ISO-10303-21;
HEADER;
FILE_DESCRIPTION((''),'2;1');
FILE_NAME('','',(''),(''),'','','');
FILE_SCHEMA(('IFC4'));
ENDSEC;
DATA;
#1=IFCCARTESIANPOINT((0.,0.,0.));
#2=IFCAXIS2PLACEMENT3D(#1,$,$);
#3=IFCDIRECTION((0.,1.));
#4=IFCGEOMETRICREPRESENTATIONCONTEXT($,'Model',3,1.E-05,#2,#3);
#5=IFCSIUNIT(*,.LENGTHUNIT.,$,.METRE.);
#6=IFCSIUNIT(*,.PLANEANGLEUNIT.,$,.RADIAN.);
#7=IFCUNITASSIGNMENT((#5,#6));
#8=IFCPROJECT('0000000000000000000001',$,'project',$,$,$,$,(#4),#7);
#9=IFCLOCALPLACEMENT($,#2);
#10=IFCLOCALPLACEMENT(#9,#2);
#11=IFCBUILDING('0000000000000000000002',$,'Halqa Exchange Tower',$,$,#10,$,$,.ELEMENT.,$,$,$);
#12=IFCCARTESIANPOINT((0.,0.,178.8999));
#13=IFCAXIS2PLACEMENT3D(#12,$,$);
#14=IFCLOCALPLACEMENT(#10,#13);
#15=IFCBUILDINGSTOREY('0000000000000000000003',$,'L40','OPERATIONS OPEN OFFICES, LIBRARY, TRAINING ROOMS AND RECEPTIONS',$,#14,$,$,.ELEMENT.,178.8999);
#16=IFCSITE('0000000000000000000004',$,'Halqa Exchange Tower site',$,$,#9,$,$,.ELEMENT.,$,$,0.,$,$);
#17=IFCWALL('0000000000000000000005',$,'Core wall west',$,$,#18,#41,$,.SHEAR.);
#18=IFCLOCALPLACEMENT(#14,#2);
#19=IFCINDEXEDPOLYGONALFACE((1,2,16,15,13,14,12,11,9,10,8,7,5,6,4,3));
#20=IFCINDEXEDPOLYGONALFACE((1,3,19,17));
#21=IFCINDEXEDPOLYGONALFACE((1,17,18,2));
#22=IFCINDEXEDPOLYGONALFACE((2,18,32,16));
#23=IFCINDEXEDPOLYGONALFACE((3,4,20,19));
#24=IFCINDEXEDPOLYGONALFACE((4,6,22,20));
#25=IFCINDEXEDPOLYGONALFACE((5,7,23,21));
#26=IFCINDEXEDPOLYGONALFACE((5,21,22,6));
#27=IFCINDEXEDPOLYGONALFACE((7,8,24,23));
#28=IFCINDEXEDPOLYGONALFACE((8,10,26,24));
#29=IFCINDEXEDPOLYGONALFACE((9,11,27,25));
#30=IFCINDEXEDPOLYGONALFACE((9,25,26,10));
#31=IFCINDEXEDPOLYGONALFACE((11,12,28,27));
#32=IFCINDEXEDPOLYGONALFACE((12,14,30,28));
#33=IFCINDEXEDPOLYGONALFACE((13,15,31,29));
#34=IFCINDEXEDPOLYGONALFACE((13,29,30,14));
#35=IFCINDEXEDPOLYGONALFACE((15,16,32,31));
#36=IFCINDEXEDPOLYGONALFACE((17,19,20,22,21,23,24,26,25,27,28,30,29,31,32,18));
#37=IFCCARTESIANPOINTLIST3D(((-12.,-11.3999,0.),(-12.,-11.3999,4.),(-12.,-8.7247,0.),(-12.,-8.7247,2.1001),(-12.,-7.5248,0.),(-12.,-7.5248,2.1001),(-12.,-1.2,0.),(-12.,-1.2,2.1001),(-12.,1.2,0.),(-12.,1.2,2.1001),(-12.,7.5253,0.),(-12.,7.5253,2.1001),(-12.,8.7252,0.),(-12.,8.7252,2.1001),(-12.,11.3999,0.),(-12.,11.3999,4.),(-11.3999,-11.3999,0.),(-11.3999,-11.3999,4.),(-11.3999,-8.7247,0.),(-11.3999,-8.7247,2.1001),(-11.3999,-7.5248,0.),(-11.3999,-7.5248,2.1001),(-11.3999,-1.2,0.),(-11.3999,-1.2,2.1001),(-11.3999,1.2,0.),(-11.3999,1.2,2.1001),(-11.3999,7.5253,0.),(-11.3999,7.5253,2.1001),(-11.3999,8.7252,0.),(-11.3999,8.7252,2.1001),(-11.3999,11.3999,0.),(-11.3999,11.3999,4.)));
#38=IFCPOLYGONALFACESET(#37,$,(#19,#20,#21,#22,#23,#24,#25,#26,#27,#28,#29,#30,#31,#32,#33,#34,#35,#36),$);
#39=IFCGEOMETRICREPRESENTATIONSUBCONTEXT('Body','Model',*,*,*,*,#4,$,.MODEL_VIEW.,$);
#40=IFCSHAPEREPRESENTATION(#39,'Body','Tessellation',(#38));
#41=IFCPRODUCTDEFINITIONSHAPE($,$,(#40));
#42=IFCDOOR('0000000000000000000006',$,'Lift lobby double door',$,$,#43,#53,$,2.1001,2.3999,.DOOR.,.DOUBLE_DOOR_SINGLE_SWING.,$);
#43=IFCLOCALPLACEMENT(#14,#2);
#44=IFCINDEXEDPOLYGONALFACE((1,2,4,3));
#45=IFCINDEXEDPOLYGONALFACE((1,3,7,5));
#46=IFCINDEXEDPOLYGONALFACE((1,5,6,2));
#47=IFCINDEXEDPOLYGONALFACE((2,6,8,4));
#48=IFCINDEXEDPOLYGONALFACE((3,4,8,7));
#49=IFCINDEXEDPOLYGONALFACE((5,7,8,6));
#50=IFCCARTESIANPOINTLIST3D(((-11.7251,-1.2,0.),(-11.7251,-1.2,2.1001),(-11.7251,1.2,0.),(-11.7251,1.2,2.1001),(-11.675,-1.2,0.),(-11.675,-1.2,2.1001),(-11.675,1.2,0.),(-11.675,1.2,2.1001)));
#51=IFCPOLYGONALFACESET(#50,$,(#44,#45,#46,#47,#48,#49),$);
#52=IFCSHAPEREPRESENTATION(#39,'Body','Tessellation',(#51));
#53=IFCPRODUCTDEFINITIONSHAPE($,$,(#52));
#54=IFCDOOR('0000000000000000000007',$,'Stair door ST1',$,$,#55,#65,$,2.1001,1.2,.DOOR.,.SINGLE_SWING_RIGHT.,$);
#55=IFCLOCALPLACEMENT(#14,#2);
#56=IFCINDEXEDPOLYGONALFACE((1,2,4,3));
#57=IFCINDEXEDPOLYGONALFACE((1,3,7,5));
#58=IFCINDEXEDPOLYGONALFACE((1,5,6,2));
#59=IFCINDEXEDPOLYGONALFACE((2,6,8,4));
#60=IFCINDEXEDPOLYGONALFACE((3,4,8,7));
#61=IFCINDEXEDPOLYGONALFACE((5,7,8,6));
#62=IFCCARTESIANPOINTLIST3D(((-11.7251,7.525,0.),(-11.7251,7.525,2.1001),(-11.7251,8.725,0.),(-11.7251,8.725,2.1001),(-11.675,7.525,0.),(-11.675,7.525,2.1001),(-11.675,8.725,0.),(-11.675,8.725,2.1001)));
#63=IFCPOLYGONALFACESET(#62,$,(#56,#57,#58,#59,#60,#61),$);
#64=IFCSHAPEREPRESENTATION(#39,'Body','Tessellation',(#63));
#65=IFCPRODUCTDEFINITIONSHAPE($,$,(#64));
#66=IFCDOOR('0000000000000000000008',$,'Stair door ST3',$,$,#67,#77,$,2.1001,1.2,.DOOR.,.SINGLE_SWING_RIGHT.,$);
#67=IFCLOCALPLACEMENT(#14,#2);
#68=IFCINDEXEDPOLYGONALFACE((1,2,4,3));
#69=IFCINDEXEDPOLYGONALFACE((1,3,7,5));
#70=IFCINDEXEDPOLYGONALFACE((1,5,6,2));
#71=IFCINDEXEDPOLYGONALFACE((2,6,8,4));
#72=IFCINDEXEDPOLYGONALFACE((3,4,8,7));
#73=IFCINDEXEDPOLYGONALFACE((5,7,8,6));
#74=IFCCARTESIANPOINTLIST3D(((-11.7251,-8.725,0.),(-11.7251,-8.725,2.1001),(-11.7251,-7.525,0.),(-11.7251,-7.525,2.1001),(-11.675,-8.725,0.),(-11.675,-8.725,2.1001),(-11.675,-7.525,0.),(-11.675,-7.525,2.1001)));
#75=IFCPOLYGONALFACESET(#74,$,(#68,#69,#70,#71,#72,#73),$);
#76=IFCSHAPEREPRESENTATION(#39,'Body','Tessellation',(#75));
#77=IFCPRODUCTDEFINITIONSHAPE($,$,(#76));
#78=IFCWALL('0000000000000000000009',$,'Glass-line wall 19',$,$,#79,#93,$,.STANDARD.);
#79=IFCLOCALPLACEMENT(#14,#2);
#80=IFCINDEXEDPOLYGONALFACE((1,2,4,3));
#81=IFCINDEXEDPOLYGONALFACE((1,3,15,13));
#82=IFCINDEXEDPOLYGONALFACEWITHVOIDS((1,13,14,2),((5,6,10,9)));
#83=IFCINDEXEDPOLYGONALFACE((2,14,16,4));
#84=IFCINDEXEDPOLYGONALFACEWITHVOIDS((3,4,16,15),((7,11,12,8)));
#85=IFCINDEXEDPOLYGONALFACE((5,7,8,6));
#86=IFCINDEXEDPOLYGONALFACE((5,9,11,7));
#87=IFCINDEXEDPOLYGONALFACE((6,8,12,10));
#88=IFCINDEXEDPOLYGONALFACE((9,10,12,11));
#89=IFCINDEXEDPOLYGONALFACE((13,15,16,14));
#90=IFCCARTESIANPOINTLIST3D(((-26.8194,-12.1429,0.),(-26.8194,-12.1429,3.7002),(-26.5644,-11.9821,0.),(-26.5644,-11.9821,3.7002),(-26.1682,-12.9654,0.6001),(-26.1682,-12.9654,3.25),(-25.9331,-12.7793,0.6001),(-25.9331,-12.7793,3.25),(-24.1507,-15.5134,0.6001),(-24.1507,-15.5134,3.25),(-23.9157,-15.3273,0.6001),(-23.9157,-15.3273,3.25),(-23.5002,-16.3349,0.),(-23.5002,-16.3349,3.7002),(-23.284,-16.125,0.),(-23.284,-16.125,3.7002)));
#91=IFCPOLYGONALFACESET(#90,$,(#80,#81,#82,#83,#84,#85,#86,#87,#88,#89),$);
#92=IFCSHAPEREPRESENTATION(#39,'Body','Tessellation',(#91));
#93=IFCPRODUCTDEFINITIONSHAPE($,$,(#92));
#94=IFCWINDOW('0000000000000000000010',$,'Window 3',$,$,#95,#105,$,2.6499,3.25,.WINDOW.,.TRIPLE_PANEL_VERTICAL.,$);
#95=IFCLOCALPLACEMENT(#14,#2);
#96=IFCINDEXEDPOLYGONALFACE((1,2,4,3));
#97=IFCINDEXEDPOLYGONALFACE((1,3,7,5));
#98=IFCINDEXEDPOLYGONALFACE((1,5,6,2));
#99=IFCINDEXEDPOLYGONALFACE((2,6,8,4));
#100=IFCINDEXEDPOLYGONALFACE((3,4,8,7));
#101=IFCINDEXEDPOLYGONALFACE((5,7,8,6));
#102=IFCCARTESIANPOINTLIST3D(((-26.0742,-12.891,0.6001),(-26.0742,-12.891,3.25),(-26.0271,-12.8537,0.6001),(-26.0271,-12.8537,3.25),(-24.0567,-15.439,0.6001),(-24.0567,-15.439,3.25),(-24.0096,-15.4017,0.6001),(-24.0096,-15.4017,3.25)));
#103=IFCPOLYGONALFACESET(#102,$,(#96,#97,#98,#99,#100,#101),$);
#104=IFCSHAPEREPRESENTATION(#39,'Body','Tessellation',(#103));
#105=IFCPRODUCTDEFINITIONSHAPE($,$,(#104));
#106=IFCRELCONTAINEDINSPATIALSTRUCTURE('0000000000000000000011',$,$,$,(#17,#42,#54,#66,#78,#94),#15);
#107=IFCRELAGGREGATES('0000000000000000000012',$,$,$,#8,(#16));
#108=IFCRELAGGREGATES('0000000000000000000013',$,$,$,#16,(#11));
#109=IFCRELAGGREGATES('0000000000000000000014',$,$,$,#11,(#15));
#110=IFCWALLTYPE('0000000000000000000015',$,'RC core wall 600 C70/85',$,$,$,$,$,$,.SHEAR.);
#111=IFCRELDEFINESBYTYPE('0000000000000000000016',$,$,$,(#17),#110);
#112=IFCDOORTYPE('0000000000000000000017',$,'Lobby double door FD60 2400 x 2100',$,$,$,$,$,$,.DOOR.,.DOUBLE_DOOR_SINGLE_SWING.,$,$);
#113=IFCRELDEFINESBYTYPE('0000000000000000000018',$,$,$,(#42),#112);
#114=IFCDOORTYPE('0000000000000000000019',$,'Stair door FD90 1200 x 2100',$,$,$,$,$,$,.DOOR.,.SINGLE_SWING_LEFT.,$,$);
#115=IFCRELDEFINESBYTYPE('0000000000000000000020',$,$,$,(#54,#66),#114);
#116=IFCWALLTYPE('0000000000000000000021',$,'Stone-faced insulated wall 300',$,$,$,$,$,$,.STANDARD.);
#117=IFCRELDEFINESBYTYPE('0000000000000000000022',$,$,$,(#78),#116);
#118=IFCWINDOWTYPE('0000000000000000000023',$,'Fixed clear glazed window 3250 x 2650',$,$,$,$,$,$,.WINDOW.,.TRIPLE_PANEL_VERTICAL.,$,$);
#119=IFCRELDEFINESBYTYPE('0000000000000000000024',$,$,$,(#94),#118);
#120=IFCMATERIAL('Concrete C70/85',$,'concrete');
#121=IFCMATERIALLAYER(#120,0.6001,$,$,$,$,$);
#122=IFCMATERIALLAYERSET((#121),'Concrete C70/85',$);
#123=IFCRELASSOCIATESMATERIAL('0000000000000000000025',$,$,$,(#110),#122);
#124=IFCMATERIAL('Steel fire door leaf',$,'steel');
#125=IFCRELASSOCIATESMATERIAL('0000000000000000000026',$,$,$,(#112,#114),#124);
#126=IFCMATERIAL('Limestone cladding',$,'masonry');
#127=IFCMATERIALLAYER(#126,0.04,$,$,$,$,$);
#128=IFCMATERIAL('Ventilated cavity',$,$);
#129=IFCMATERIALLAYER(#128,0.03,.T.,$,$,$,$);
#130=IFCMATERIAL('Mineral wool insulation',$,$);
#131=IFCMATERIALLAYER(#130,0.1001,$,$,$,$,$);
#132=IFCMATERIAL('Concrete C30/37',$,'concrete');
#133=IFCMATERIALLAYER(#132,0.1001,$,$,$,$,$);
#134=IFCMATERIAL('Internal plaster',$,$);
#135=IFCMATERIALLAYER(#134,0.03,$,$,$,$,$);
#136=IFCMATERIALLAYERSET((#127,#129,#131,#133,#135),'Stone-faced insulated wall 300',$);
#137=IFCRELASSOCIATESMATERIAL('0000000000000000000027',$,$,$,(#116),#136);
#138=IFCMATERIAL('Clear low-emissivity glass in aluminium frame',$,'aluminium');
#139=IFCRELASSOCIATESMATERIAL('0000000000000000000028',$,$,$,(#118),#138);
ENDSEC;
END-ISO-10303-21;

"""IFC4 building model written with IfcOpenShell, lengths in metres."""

from ifc_helpers import new_model, si_unit, direction, frame, frame_2d, origin, place, context, subcontext, project, spatial, polyline, rectangle, outline, extrude, material, layer, layer_set, type_object, element, fill, save


model = new_model("IFC4")

# Units and contexts
model_context = context("Model", 3, precision=1e-05, world=origin(), true_north=direction((0.0, 1.0)))
body_context = subcontext(model_context, "Body", "Model", "MODEL_VIEW")
ifc_project = project(units=[si_unit("LENGTHUNIT", "METRE"), si_unit("PLANEANGLEUNIT", "RADIAN")], contexts=[model_context])

# Site, building, storey
site_placement = place(None, origin())
site = spatial("IfcSite", under=ifc_project, at=site_placement, Name="Halqa Exchange Tower site", CompositionType="ELEMENT", RefElevation=0.0)
building_placement = place(site_placement, origin())
building = spatial("IfcBuilding", under=site, at=building_placement, Name="Halqa Exchange Tower", CompositionType="ELEMENT")
storey_placement = place(building_placement, frame((0.0, 0.0, 178.8999)))
storey = spatial("IfcBuildingStorey", under=building, at=storey_placement, Name="L40", Description="OPERATIONS OPEN OFFICES, LIBRARY, TRAINING ROOMS AND RECEPTIONS", CompositionType="ELEMENT", Elevation=178.8999)

# Wall, openings, doors
ifc_material_1 = material(Name="Steel fire door leaf", Category="steel")
ifc_material_2 = material(Name="Concrete C70/85", Category="concrete")
ifc_layer_1 = layer(ifc_material_2, 0.6001)
ifc_layer_set_1 = layer_set([ifc_layer_1], Name="Concrete C70/85")
wall_type_1 = type_object("IfcWallType", Name="RC core wall 600 C70/85", PredefinedType="SHEAR", material=ifc_layer_set_1)
wall_1_placement = place(storey_placement, frame((-11.7, -11.3999, 0.0), z_axis=(0.0, 0.0, 1.0), x_axis=(0.0, 1.0, 0.0)))
wall_1 = element("IfcWall", 1, at=wall_1_placement, inside=storey, type_object=wall_type_1, Name="Core wall west", PredefinedType="SHEAR", context=body_context, shape_type="SweptSolid", body=[
    extrude(rectangle(XDim=22.7998, YDim=0.6001, at=frame_2d((11.3999, 0.0))), origin(), (0.0, 0.0, 1.0), 4.0),
])
opening_1_placement = place(wall_1_placement, frame((10.2, 0.0, 0.0)))
opening_1 = element("IfcOpeningElement", 2, at=opening_1_placement, cuts=wall_1, PredefinedType="OPENING", context=body_context, shape_type="SweptSolid", body=[
    extrude(rectangle(XDim=2.3999, YDim=2.1001, at=frame_2d((1.2, 1.05))), frame((0.0, 0.312, 0.0), z_axis=(0.0, -1.0, 0.0), x_axis=(1.0, 0.0, 0.0)), (0.0, 0.0, 1.0), 0.624),
])
opening_2_placement = place(wall_1_placement, frame((18.925, 0.0, 0.0)))
opening_2 = element("IfcOpeningElement", 3, at=opening_2_placement, cuts=wall_1, PredefinedType="OPENING", context=body_context, shape_type="SweptSolid", body=[
    extrude(rectangle(XDim=1.2, YDim=2.1001, at=frame_2d((0.6001, 1.05))), frame((0.0, 0.312, 0.0), z_axis=(0.0, -1.0, 0.0), x_axis=(1.0, 0.0, 0.0)), (0.0, 0.0, 1.0), 0.624),
])
opening_3_placement = place(wall_1_placement, frame((2.675, 0.0, 0.0)))
opening_3 = element("IfcOpeningElement", 4, at=opening_3_placement, cuts=wall_1, PredefinedType="OPENING", context=body_context, shape_type="SweptSolid", body=[
    extrude(rectangle(XDim=1.2, YDim=2.1001, at=frame_2d((0.6001, 1.05))), frame((0.0, 0.312, 0.0), z_axis=(0.0, -1.0, 0.0), x_axis=(1.0, 0.0, 0.0)), (0.0, 0.0, 1.0), 0.624),
])
door_type_1 = type_object("IfcDoorType", Name="Lobby double door FD60 2400 x 2100", OperationType="DOUBLE_DOOR_SINGLE_SWING", PredefinedType="DOOR", material=ifc_material_1)
door_1_placement = place(opening_1_placement, frame((2.3999, 0.0, 0.0), z_axis=(0.0, 0.0, 1.0), x_axis=(-1.0, 0.0, 0.0)))
door_1 = element("IfcDoor", 5, at=door_1_placement, inside=storey, type_object=door_type_1, Name="Lift lobby double door", OperationType="DOUBLE_DOOR_SINGLE_SWING", OverallHeight=2.1001, OverallWidth=2.3999, PredefinedType="DOOR", context=body_context, shape_type="SweptSolid", body=[
    extrude(rectangle(XDim=2.3999, YDim=2.1001, at=frame_2d((1.2, 1.05))), frame((0.0, 0.0249, 0.0), z_axis=(0.0, -1.0, 0.0), x_axis=(1.0, 0.0, 0.0)), (0.0, 0.0, 1.0), 0.05),
])
fill(opening_1, door_1)
door_type_2 = type_object("IfcDoorType", Name="Stair door FD90 1200 x 2100", OperationType="SINGLE_SWING_LEFT", PredefinedType="DOOR", material=ifc_material_1)
door_2_placement = place(opening_2_placement, frame((1.2, 0.0, 0.0), z_axis=(0.0, 0.0, 1.0), x_axis=(-1.0, 0.0, 0.0)))
door_2 = element("IfcDoor", 6, at=door_2_placement, inside=storey, type_object=door_type_2, Name="Stair door ST1", OperationType="SINGLE_SWING_RIGHT", OverallHeight=2.1001, OverallWidth=1.2, PredefinedType="DOOR", context=body_context, shape_type="SweptSolid", body=[
    extrude(rectangle(XDim=1.2, YDim=2.1001, at=frame_2d((0.6001, 1.05))), frame((0.0, 0.0249, 0.0), z_axis=(0.0, -1.0, 0.0), x_axis=(1.0, 0.0, 0.0)), (0.0, 0.0, 1.0), 0.05),
])
fill(opening_2, door_2)
door_3_placement = place(opening_3_placement, frame((1.2, 0.0, 0.0), z_axis=(0.0, 0.0, 1.0), x_axis=(-1.0, 0.0, 0.0)))
door_3 = element("IfcDoor", 7, at=door_3_placement, inside=storey, type_object=door_type_2, Name="Stair door ST3", OperationType="SINGLE_SWING_RIGHT", OverallHeight=2.1001, OverallWidth=1.2, PredefinedType="DOOR", context=body_context, shape_type="SweptSolid", body=[
    extrude(rectangle(XDim=1.2, YDim=2.1001, at=frame_2d((0.6001, 1.05))), frame((0.0, 0.0249, 0.0), z_axis=(0.0, -1.0, 0.0), x_axis=(1.0, 0.0, 0.0)), (0.0, 0.0, 1.0), 0.05),
])
fill(opening_3, door_3)

# Wall, opening, window
ifc_material_3 = material(Name="Limestone cladding", Category="masonry")
ifc_layer_2 = layer(ifc_material_3, 0.04)
ifc_material_4 = material(Name="Ventilated cavity")
ifc_layer_3 = layer(ifc_material_4, 0.03, ventilated=True)
ifc_material_5 = material(Name="Mineral wool insulation")
ifc_layer_4 = layer(ifc_material_5, 0.1001)
ifc_material_6 = material(Name="Concrete C30/37", Category="concrete")
ifc_layer_5 = layer(ifc_material_6, 0.1001)
ifc_material_7 = material(Name="Internal plaster")
ifc_layer_6 = layer(ifc_material_7, 0.03)
ifc_layer_set_2 = layer_set([ifc_layer_2, ifc_layer_3, ifc_layer_4, ifc_layer_5, ifc_layer_6], Name="Stone-faced insulated wall 300")
wall_type_2 = type_object("IfcWallType", Name="Stone-faced insulated wall 300", PredefinedType="STANDARD", material=ifc_layer_set_2)
wall_2_placement = place(storey_placement, frame((-26.6919, -12.0625, 0.0), z_axis=(0.0, 0.0, 1.0), x_axis=(0.620766, -0.783996, 0.0)))
wall_2 = element("IfcWall", 8, at=wall_2_placement, inside=storey, type_object=wall_type_2, Name="Glass-line wall 19", PredefinedType="STANDARD", context=body_context, shape_type="SweptSolid", body=[
    extrude(outline(polyline([(-0.0161, -0.1499), (5.3308, -0.1499), (5.3005, 0.1499), (0.0161, 0.1499), (-0.0161, -0.1499)])), origin(), (0.0, 0.0, 1.0), 3.7002),
])
opening_4_placement = place(wall_2_placement, frame((1.033, 0.0, 0.6001)))
opening_4 = element("IfcOpeningElement", 9, at=opening_4_placement, cuts=wall_2, PredefinedType="OPENING", context=body_context, shape_type="SweptSolid", body=[
    extrude(rectangle(XDim=3.25, YDim=2.6499, at=frame_2d((1.625, 1.325))), frame((0.0, 0.1621, 0.0), z_axis=(0.0, -1.0, 0.0), x_axis=(1.0, 0.0, 0.0)), (0.0, 0.0, 1.0), 0.324),
])
ifc_material_8 = material(Name="Clear low-emissivity glass in aluminium frame", Category="aluminium")
window_type = type_object("IfcWindowType", Name="Fixed clear glazed window 3250 x 2650", PartitioningType="TRIPLE_PANEL_VERTICAL", PredefinedType="WINDOW", material=ifc_material_8)
window_placement = place(opening_4_placement, origin())
window = element("IfcWindow", 10, at=window_placement, inside=storey, type_object=window_type, Name="Window 3", OverallHeight=2.6499, OverallWidth=3.25, PartitioningType="TRIPLE_PANEL_VERTICAL", PredefinedType="WINDOW", context=body_context, shape_type="SweptSolid", body=[
    extrude(rectangle(XDim=3.25, YDim=2.6499, at=frame_2d((1.625, 1.325))), frame((0.0, 0.03, 0.0), z_axis=(0.0, -1.0, 0.0), x_axis=(1.0, 0.0, 0.0)), (0.0, 0.0, 1.0), 0.0601),
])
fill(opening_4, window)

save(model, "model.ifc")
